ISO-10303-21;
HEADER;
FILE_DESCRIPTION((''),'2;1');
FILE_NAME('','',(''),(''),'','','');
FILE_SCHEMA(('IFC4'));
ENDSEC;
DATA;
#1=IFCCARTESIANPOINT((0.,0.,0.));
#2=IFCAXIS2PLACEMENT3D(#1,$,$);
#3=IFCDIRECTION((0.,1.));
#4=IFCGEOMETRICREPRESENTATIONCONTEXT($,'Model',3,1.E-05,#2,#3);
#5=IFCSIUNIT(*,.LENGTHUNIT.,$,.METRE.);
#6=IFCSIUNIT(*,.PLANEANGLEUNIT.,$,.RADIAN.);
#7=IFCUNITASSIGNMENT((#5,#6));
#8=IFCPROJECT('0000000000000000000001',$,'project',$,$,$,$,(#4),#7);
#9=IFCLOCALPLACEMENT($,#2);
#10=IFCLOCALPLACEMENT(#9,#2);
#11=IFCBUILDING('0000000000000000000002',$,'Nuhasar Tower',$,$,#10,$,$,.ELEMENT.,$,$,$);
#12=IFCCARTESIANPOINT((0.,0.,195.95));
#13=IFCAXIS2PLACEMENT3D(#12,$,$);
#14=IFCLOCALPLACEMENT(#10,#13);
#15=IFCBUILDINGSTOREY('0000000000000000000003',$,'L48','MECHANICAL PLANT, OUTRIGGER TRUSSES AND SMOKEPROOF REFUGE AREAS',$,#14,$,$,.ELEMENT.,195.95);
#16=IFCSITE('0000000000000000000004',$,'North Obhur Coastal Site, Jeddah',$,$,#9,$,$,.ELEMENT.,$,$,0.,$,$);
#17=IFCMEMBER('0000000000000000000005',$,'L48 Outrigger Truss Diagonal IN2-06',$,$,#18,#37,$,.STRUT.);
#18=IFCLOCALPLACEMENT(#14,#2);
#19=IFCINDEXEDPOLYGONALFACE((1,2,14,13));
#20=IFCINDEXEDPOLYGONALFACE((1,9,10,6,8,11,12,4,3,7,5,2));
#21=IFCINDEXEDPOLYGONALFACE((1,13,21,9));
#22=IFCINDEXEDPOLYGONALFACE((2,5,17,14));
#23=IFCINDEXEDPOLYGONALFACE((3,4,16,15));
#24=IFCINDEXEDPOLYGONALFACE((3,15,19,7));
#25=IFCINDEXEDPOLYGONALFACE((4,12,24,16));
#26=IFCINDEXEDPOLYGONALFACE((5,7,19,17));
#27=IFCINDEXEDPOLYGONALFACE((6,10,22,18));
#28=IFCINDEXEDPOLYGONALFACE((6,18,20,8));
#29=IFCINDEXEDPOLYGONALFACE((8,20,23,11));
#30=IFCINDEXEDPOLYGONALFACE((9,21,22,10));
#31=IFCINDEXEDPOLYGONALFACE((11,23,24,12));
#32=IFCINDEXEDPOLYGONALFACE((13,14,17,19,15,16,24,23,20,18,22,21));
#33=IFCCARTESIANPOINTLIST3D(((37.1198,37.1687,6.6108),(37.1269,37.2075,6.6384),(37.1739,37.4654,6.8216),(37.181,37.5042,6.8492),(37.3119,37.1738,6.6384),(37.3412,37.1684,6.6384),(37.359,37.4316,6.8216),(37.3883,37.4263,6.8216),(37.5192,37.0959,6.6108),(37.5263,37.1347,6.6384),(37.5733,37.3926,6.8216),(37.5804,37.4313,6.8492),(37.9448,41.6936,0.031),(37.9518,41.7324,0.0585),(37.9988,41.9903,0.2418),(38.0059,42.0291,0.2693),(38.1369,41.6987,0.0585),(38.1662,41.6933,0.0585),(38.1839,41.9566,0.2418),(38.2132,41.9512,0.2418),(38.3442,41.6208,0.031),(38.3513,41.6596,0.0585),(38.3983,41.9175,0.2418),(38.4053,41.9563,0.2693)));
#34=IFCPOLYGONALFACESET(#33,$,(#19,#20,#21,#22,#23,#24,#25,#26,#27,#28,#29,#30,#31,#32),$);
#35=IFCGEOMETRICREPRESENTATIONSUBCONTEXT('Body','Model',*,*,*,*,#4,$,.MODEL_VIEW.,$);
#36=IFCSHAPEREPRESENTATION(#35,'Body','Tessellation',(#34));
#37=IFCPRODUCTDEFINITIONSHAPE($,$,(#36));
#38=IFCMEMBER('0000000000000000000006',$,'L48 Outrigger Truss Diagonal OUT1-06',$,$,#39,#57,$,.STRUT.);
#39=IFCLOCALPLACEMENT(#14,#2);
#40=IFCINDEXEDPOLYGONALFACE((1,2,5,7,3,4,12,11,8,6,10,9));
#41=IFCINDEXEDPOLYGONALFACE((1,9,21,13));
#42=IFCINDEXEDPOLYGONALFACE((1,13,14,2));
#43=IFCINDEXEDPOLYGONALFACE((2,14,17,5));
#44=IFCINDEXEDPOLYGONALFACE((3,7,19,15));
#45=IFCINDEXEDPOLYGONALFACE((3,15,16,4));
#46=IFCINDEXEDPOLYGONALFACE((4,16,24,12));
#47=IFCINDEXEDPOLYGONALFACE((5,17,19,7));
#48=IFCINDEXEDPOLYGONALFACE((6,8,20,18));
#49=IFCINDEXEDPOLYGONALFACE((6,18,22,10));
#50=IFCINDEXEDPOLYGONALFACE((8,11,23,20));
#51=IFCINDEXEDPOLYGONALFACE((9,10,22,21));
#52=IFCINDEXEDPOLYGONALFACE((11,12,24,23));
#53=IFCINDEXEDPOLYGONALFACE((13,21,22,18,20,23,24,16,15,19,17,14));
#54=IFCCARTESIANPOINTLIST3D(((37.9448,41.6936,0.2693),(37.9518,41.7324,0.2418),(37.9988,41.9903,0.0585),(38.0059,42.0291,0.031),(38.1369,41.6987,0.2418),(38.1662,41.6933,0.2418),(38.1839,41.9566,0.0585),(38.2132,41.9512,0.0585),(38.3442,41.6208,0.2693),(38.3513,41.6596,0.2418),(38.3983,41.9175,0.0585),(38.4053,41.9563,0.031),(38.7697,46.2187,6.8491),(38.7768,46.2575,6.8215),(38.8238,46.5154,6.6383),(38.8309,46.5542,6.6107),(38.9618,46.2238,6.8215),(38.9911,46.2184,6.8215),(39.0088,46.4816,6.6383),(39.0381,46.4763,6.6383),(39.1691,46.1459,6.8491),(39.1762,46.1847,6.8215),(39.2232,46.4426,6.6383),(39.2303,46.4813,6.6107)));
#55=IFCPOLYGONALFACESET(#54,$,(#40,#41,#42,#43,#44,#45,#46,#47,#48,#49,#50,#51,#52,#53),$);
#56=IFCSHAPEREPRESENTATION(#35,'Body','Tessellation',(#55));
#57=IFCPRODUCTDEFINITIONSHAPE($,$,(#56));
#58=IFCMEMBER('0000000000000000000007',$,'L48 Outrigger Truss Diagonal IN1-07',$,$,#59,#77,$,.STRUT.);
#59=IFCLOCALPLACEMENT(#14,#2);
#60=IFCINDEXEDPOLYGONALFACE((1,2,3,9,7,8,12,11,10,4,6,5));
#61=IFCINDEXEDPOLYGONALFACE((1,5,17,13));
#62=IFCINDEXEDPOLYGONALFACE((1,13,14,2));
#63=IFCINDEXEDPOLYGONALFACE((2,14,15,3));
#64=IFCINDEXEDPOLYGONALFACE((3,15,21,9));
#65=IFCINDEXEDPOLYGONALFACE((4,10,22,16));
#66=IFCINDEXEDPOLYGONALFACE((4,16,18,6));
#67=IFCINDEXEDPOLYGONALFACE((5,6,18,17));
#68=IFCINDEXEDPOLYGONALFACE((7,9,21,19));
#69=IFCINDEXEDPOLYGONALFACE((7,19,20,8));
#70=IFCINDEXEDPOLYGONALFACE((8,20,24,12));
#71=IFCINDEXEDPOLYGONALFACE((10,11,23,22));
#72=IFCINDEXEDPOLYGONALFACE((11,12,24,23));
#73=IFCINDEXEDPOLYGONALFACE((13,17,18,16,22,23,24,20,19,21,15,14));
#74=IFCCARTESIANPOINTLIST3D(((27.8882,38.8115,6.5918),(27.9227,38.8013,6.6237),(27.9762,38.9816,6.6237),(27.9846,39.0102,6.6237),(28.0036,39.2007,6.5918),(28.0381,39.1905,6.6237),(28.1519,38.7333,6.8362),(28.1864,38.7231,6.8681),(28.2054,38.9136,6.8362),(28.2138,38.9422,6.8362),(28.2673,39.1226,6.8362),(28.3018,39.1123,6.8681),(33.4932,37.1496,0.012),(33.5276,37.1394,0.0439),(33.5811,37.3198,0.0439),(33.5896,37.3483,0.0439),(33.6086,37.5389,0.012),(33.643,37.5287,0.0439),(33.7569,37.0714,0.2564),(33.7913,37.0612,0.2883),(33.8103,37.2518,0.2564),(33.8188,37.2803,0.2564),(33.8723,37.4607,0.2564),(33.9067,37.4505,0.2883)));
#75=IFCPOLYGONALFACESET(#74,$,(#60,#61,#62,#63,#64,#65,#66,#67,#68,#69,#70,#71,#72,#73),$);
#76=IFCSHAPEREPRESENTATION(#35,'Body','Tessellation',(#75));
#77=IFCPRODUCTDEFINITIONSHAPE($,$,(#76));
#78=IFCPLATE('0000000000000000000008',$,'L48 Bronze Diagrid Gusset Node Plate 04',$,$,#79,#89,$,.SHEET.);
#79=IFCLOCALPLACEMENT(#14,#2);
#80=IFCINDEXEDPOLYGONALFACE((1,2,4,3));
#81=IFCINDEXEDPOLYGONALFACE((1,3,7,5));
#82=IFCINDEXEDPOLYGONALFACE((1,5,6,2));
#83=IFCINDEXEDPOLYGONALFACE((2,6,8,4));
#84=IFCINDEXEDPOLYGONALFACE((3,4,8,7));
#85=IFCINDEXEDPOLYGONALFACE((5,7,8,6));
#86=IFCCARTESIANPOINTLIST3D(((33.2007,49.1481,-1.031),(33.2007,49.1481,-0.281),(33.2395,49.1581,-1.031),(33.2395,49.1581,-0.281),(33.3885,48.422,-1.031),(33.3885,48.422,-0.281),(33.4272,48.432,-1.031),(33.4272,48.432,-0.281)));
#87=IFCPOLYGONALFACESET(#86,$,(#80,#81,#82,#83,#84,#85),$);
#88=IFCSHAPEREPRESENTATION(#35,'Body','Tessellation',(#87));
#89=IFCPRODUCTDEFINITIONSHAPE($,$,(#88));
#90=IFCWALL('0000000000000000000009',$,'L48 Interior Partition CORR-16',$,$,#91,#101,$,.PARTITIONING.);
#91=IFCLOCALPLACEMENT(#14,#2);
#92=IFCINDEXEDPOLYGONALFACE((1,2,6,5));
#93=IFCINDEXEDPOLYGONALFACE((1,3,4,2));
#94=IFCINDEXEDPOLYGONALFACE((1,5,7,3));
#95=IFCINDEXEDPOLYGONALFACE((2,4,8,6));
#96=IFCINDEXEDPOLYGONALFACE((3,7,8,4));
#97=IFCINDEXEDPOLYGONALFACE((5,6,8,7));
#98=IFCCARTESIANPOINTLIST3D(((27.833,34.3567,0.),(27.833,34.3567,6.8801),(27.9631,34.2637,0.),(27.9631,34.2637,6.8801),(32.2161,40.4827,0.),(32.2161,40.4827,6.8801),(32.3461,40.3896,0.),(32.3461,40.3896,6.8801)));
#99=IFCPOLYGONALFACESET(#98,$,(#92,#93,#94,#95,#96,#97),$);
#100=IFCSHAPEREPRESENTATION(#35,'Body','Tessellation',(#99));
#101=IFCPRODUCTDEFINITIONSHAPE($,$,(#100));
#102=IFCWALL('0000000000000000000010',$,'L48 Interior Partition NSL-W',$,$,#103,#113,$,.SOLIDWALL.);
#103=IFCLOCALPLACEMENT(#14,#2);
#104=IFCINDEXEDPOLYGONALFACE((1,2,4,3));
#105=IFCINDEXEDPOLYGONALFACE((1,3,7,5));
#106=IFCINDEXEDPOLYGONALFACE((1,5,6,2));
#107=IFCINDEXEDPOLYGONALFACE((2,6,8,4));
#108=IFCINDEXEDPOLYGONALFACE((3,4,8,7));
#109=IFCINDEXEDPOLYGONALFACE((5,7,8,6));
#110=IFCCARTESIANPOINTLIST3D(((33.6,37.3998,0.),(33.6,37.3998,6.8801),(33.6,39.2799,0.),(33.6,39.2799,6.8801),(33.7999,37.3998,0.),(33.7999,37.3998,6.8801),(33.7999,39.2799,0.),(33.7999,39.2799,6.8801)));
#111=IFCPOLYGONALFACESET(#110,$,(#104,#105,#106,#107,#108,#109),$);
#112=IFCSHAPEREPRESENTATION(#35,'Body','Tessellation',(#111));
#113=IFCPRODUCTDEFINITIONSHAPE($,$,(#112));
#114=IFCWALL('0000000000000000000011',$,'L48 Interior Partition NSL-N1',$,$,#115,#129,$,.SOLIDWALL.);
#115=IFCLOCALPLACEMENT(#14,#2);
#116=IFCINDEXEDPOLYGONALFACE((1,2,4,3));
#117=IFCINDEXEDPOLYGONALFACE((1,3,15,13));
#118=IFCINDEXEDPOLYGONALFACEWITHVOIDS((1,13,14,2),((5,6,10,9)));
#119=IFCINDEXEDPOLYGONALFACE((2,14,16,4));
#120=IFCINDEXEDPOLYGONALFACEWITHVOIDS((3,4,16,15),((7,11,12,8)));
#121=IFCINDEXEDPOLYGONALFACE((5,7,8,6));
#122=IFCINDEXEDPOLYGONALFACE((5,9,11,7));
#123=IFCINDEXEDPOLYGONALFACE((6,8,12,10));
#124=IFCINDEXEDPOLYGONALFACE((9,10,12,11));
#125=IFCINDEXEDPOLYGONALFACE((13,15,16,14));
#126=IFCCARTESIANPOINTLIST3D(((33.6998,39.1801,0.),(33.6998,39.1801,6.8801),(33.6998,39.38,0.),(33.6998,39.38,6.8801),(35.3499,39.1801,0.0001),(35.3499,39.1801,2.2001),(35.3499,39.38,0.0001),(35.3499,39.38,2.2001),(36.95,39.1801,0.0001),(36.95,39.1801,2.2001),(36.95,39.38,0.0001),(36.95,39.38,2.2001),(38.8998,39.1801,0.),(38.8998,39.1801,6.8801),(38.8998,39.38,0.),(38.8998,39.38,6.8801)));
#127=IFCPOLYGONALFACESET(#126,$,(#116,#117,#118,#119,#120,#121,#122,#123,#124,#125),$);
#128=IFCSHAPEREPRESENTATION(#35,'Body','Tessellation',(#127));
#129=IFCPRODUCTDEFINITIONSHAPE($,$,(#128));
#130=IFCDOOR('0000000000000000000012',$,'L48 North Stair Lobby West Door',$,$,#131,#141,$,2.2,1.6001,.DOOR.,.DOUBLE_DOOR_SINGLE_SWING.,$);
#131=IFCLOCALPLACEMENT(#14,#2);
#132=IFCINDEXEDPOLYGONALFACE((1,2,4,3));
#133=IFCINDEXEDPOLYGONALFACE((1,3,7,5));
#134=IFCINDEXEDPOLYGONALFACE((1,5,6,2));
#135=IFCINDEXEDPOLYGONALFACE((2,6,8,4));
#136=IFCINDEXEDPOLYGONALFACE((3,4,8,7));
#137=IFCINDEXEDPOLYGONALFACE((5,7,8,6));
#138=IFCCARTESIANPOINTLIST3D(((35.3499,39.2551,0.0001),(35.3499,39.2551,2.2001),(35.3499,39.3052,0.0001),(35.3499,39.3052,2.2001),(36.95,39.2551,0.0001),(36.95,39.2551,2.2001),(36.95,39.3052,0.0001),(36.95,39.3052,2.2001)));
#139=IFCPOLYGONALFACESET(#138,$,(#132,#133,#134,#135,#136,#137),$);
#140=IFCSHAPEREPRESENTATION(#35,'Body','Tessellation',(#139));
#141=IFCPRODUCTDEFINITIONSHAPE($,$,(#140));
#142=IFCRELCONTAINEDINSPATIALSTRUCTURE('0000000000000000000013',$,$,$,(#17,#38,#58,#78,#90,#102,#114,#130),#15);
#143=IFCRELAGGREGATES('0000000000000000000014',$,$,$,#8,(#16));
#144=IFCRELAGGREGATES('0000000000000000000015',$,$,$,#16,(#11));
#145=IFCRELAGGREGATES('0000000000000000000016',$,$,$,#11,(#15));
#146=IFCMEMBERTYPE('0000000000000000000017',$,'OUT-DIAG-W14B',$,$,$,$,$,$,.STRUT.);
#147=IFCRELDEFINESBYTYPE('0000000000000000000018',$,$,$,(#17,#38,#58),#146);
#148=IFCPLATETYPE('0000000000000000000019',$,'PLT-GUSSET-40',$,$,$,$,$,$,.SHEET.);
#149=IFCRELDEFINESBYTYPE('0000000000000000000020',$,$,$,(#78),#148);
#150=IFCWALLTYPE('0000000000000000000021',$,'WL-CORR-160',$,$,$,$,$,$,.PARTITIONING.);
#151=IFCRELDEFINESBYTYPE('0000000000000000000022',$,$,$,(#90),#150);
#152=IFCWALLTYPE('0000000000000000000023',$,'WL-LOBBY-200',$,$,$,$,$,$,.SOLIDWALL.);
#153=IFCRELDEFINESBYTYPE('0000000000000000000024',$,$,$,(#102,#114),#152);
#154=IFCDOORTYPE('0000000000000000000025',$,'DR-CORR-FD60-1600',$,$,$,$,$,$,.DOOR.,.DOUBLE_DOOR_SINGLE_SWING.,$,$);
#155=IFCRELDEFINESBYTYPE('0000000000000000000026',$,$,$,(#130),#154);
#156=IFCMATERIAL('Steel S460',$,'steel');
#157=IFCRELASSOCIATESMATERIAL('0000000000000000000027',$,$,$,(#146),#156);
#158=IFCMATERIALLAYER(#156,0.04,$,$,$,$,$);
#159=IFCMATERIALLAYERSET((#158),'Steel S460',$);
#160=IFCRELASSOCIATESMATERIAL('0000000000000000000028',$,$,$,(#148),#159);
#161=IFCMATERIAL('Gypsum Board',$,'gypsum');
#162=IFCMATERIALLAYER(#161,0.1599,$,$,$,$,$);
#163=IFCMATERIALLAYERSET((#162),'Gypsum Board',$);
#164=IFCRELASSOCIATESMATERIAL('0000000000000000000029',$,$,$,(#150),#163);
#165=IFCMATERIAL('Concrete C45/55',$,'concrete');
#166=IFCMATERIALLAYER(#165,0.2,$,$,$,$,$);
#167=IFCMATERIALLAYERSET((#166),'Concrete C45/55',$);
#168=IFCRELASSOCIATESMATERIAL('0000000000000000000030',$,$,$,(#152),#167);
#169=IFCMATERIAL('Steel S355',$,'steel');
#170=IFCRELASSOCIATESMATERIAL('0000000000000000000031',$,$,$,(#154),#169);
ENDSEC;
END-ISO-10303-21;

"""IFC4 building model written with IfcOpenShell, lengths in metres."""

from ifc_helpers import new_model, si_unit, direction, frame, frame_2d, origin, origin_2d, place, context, subcontext, project, spatial, rectangle, i_section, extrude, material, layer, layer_set, material_profile, profile_set, type_object, element, fill, save


model = new_model("IFC4")

# Units and contexts
model_context = context("Model", 3, precision=1e-05, world=origin(), true_north=direction((0.0, 1.0)))
body_context = subcontext(model_context, "Body", "Model", "MODEL_VIEW")
ifc_project = project(units=[si_unit("LENGTHUNIT", "METRE"), si_unit("PLANEANGLEUNIT", "RADIAN")], contexts=[model_context])

# Site, building, storey
site_placement = place(None, origin())
site = spatial("IfcSite", under=ifc_project, at=site_placement, Name="North Obhur Coastal Site, Jeddah", CompositionType="ELEMENT", RefElevation=0.0)
building_placement = place(site_placement, origin())
building = spatial("IfcBuilding", under=site, at=building_placement, Name="Nuhasar Tower", CompositionType="ELEMENT")
storey_placement = place(building_placement, frame((0.0, 0.0, 195.95)))
storey = spatial("IfcBuildingStorey", under=building, at=storey_placement, Name="L48", Description="MECHANICAL PLANT, OUTRIGGER TRUSSES AND SMOKEPROOF REFUGE AREAS", CompositionType="ELEMENT", Elevation=195.95)

# Shared definitions
ifc_material_1 = material(Name="Steel S355", Category="steel")

# Members
ifc_material_2 = material(Name="Steel S460", Category="steel")
ifc_material_profile_1 = material_profile(ifc_material_2, i_section(OverallWidth=0.406, OverallDepth=0.416, WebThickness=0.0298, FlangeThickness=0.0481, at=origin_2d()), Name="W14X257")
ifc_profile_set_1 = profile_set([ifc_material_profile_1], Name="Steel S460")
member_type_1 = type_object("IfcMemberType", Name="OUT-DIAG-W14B", PredefinedType="STRUT", material=ifc_profile_set_1)
for number, where, z_axis, x_axis, name in (
    (1, (38.175, 41.825, 0.1501), (-0.102759, -0.563637, 0.819606), (0.983784, -0.179357, 0.0), "L48 Outrigger Truss Diagonal IN2-06"),
    (2, (38.175, 41.825, 0.1501), (0.102757, 0.563658, 0.819592), (-0.983786, 0.179348, 0.0), "L48 Outrigger Truss Diagonal OUT1-06"),
):
    element("IfcMember", number, at=place(storey_placement, frame(where, z_axis=z_axis, x_axis=x_axis)), inside=storey, type_object=member_type_1, Name=name, PredefinedType="STRUT", context=body_context, shape_type="SweptSolid", body=[
        extrude(i_section(OverallWidth=0.406, OverallDepth=0.416, WebThickness=0.0298, FlangeThickness=0.0481, at=origin_2d()), origin(), (0.0, 0.0, 1.0), 8.0281),
    ])
member_1_placement = place(storey_placement, frame((33.7, 37.3, 0.1501), z_axis=(-0.636799, 0.18881, 0.747555), x_axis=(-0.284266, -0.958745, 0.0)))
element("IfcMember", 3, at=member_1_placement, inside=storey, type_object=member_type_1, Name="L48 Outrigger Truss Diagonal IN1-07", PredefinedType="STRUT", context=body_context, shape_type="SweptSolid", body=[
    extrude(i_section(OverallWidth=0.406, OverallDepth=0.416, WebThickness=0.0298, FlangeThickness=0.0481, at=origin_2d()), origin(), (0.0, 0.0, 1.0), 8.8018),
])

# Plate
ifc_layer_1 = layer(ifc_material_2, 0.04)
ifc_layer_set_1 = layer_set([ifc_layer_1], Name="Steel S460")
plate_type = type_object("IfcPlateType", Name="PLT-GUSSET-40", PredefinedType="SHEET", material=ifc_layer_set_1)
plate_placement = place(storey_placement, frame((33.314, 48.79, -1.031), z_axis=(0.0, 0.0, 1.0), x_axis=(-0.250346, 0.968156, 0.0)))
element("IfcPlate", 4, at=plate_placement, inside=storey, type_object=plate_type, Name="L48 Bronze Diagrid Gusset Node Plate 04", PredefinedType="SHEET", context=body_context, shape_type="SweptSolid", body=[
    extrude(rectangle(XDim=0.75, YDim=0.04, at=origin_2d()), origin(), (0.0, 0.0, 1.0), 0.75),
])

# Walls
ifc_material_3 = material(Name="Gypsum Board", Category="gypsum")
ifc_layer_2 = layer(ifc_material_3, 0.1599)
ifc_layer_set_2 = layer_set([ifc_layer_2], Name="Gypsum Board")
wall_type_1 = type_object("IfcWallType", Name="WL-CORR-160", PredefinedType="PARTITIONING", material=ifc_layer_set_2)
wall_1_placement = place(storey_placement, frame((32.281, 40.436, 0.0), z_axis=(0.0, 0.0, 1.0), x_axis=(-0.581885, -0.813271, 0.0)))
element("IfcWall", 5, at=wall_1_placement, inside=storey, type_object=wall_type_1, Name="L48 Interior Partition CORR-16", PredefinedType="PARTITIONING", context=body_context, shape_type="SweptSolid", body=[
    extrude(rectangle(XDim=7.5325, YDim=0.1599, at=frame_2d((3.7661, 0.0))), origin(), (0.0, 0.0, 1.0), 6.8801),
])
ifc_material_4 = material(Name="Concrete C45/55", Category="concrete")
ifc_layer_3 = layer(ifc_material_4, 0.2)
ifc_layer_set_3 = layer_set([ifc_layer_3], Name="Concrete C45/55")
wall_type_2 = type_object("IfcWallType", Name="WL-LOBBY-200", PredefinedType="SOLIDWALL", material=ifc_layer_set_3)
wall_2_placement = place(storey_placement, frame((33.7, 37.3999, 0.0), z_axis=(0.0, 0.0, 1.0), x_axis=(0.0, 1.0, 0.0)))
element("IfcWall", 6, at=wall_2_placement, inside=storey, type_object=wall_type_2, Name="L48 Interior Partition NSL-W", PredefinedType="SOLIDWALL", context=body_context, shape_type="SweptSolid", body=[
    extrude(rectangle(XDim=1.8801, YDim=0.2, at=frame_2d((0.9399, 0.0))), origin(), (0.0, 0.0, 1.0), 6.8801),
])

# Wall, opening, door
wall_3_placement = place(storey_placement, frame((38.8999, 39.28, 0.0), z_axis=(0.0, 0.0, 1.0), x_axis=(-1.0, 0.0, 0.0)))
wall_3 = element("IfcWall", 7, at=wall_3_placement, inside=storey, type_object=wall_type_2, Name="L48 Interior Partition NSL-N1", PredefinedType="SOLIDWALL", context=body_context, shape_type="SweptSolid", body=[
    extrude(rectangle(XDim=5.2, YDim=0.2, at=frame_2d((2.6001, 0.0))), origin(), (0.0, 0.0, 1.0), 6.8801),
])
opening_1_placement = place(wall_3_placement, frame((1.95, 0.0, 0.0)))
opening_1 = element("IfcOpeningElement", 8, at=opening_1_placement, cuts=wall_3, PredefinedType="OPENING", context=body_context, shape_type="SweptSolid", body=[
    extrude(rectangle(XDim=1.6001, YDim=2.2, at=frame_2d((0.8, 1.1001))), frame((0.0, 0.1099, 0.0), z_axis=(0.0, -1.0, 0.0), x_axis=(1.0, 0.0, 0.0)), (0.0, 0.0, 1.0), 0.22),
])
door_type_1 = type_object("IfcDoorType", Name="DR-CORR-FD60-1600", OperationType="DOUBLE_DOOR_SINGLE_SWING", PredefinedType="DOOR", material=ifc_material_1)
door_1_placement = place(opening_1_placement, origin())
door_1 = element("IfcDoor", 9, at=door_1_placement, inside=storey, type_object=door_type_1, Name="L48 North Stair Lobby West Door", OperationType="DOUBLE_DOOR_SINGLE_SWING", OverallHeight=2.2, OverallWidth=1.6001, PredefinedType="DOOR", context=body_context, shape_type="SweptSolid", body=[
    extrude(rectangle(XDim=1.6001, YDim=2.2, at=frame_2d((0.8, 1.1001))), frame((0.0, 0.0249, 0.0), z_axis=(0.0, -1.0, 0.0), x_axis=(1.0, 0.0, 0.0)), (0.0, 0.0, 1.0), 0.05),
])
fill(opening_1, door_1)

save(model, "model.ifc")
